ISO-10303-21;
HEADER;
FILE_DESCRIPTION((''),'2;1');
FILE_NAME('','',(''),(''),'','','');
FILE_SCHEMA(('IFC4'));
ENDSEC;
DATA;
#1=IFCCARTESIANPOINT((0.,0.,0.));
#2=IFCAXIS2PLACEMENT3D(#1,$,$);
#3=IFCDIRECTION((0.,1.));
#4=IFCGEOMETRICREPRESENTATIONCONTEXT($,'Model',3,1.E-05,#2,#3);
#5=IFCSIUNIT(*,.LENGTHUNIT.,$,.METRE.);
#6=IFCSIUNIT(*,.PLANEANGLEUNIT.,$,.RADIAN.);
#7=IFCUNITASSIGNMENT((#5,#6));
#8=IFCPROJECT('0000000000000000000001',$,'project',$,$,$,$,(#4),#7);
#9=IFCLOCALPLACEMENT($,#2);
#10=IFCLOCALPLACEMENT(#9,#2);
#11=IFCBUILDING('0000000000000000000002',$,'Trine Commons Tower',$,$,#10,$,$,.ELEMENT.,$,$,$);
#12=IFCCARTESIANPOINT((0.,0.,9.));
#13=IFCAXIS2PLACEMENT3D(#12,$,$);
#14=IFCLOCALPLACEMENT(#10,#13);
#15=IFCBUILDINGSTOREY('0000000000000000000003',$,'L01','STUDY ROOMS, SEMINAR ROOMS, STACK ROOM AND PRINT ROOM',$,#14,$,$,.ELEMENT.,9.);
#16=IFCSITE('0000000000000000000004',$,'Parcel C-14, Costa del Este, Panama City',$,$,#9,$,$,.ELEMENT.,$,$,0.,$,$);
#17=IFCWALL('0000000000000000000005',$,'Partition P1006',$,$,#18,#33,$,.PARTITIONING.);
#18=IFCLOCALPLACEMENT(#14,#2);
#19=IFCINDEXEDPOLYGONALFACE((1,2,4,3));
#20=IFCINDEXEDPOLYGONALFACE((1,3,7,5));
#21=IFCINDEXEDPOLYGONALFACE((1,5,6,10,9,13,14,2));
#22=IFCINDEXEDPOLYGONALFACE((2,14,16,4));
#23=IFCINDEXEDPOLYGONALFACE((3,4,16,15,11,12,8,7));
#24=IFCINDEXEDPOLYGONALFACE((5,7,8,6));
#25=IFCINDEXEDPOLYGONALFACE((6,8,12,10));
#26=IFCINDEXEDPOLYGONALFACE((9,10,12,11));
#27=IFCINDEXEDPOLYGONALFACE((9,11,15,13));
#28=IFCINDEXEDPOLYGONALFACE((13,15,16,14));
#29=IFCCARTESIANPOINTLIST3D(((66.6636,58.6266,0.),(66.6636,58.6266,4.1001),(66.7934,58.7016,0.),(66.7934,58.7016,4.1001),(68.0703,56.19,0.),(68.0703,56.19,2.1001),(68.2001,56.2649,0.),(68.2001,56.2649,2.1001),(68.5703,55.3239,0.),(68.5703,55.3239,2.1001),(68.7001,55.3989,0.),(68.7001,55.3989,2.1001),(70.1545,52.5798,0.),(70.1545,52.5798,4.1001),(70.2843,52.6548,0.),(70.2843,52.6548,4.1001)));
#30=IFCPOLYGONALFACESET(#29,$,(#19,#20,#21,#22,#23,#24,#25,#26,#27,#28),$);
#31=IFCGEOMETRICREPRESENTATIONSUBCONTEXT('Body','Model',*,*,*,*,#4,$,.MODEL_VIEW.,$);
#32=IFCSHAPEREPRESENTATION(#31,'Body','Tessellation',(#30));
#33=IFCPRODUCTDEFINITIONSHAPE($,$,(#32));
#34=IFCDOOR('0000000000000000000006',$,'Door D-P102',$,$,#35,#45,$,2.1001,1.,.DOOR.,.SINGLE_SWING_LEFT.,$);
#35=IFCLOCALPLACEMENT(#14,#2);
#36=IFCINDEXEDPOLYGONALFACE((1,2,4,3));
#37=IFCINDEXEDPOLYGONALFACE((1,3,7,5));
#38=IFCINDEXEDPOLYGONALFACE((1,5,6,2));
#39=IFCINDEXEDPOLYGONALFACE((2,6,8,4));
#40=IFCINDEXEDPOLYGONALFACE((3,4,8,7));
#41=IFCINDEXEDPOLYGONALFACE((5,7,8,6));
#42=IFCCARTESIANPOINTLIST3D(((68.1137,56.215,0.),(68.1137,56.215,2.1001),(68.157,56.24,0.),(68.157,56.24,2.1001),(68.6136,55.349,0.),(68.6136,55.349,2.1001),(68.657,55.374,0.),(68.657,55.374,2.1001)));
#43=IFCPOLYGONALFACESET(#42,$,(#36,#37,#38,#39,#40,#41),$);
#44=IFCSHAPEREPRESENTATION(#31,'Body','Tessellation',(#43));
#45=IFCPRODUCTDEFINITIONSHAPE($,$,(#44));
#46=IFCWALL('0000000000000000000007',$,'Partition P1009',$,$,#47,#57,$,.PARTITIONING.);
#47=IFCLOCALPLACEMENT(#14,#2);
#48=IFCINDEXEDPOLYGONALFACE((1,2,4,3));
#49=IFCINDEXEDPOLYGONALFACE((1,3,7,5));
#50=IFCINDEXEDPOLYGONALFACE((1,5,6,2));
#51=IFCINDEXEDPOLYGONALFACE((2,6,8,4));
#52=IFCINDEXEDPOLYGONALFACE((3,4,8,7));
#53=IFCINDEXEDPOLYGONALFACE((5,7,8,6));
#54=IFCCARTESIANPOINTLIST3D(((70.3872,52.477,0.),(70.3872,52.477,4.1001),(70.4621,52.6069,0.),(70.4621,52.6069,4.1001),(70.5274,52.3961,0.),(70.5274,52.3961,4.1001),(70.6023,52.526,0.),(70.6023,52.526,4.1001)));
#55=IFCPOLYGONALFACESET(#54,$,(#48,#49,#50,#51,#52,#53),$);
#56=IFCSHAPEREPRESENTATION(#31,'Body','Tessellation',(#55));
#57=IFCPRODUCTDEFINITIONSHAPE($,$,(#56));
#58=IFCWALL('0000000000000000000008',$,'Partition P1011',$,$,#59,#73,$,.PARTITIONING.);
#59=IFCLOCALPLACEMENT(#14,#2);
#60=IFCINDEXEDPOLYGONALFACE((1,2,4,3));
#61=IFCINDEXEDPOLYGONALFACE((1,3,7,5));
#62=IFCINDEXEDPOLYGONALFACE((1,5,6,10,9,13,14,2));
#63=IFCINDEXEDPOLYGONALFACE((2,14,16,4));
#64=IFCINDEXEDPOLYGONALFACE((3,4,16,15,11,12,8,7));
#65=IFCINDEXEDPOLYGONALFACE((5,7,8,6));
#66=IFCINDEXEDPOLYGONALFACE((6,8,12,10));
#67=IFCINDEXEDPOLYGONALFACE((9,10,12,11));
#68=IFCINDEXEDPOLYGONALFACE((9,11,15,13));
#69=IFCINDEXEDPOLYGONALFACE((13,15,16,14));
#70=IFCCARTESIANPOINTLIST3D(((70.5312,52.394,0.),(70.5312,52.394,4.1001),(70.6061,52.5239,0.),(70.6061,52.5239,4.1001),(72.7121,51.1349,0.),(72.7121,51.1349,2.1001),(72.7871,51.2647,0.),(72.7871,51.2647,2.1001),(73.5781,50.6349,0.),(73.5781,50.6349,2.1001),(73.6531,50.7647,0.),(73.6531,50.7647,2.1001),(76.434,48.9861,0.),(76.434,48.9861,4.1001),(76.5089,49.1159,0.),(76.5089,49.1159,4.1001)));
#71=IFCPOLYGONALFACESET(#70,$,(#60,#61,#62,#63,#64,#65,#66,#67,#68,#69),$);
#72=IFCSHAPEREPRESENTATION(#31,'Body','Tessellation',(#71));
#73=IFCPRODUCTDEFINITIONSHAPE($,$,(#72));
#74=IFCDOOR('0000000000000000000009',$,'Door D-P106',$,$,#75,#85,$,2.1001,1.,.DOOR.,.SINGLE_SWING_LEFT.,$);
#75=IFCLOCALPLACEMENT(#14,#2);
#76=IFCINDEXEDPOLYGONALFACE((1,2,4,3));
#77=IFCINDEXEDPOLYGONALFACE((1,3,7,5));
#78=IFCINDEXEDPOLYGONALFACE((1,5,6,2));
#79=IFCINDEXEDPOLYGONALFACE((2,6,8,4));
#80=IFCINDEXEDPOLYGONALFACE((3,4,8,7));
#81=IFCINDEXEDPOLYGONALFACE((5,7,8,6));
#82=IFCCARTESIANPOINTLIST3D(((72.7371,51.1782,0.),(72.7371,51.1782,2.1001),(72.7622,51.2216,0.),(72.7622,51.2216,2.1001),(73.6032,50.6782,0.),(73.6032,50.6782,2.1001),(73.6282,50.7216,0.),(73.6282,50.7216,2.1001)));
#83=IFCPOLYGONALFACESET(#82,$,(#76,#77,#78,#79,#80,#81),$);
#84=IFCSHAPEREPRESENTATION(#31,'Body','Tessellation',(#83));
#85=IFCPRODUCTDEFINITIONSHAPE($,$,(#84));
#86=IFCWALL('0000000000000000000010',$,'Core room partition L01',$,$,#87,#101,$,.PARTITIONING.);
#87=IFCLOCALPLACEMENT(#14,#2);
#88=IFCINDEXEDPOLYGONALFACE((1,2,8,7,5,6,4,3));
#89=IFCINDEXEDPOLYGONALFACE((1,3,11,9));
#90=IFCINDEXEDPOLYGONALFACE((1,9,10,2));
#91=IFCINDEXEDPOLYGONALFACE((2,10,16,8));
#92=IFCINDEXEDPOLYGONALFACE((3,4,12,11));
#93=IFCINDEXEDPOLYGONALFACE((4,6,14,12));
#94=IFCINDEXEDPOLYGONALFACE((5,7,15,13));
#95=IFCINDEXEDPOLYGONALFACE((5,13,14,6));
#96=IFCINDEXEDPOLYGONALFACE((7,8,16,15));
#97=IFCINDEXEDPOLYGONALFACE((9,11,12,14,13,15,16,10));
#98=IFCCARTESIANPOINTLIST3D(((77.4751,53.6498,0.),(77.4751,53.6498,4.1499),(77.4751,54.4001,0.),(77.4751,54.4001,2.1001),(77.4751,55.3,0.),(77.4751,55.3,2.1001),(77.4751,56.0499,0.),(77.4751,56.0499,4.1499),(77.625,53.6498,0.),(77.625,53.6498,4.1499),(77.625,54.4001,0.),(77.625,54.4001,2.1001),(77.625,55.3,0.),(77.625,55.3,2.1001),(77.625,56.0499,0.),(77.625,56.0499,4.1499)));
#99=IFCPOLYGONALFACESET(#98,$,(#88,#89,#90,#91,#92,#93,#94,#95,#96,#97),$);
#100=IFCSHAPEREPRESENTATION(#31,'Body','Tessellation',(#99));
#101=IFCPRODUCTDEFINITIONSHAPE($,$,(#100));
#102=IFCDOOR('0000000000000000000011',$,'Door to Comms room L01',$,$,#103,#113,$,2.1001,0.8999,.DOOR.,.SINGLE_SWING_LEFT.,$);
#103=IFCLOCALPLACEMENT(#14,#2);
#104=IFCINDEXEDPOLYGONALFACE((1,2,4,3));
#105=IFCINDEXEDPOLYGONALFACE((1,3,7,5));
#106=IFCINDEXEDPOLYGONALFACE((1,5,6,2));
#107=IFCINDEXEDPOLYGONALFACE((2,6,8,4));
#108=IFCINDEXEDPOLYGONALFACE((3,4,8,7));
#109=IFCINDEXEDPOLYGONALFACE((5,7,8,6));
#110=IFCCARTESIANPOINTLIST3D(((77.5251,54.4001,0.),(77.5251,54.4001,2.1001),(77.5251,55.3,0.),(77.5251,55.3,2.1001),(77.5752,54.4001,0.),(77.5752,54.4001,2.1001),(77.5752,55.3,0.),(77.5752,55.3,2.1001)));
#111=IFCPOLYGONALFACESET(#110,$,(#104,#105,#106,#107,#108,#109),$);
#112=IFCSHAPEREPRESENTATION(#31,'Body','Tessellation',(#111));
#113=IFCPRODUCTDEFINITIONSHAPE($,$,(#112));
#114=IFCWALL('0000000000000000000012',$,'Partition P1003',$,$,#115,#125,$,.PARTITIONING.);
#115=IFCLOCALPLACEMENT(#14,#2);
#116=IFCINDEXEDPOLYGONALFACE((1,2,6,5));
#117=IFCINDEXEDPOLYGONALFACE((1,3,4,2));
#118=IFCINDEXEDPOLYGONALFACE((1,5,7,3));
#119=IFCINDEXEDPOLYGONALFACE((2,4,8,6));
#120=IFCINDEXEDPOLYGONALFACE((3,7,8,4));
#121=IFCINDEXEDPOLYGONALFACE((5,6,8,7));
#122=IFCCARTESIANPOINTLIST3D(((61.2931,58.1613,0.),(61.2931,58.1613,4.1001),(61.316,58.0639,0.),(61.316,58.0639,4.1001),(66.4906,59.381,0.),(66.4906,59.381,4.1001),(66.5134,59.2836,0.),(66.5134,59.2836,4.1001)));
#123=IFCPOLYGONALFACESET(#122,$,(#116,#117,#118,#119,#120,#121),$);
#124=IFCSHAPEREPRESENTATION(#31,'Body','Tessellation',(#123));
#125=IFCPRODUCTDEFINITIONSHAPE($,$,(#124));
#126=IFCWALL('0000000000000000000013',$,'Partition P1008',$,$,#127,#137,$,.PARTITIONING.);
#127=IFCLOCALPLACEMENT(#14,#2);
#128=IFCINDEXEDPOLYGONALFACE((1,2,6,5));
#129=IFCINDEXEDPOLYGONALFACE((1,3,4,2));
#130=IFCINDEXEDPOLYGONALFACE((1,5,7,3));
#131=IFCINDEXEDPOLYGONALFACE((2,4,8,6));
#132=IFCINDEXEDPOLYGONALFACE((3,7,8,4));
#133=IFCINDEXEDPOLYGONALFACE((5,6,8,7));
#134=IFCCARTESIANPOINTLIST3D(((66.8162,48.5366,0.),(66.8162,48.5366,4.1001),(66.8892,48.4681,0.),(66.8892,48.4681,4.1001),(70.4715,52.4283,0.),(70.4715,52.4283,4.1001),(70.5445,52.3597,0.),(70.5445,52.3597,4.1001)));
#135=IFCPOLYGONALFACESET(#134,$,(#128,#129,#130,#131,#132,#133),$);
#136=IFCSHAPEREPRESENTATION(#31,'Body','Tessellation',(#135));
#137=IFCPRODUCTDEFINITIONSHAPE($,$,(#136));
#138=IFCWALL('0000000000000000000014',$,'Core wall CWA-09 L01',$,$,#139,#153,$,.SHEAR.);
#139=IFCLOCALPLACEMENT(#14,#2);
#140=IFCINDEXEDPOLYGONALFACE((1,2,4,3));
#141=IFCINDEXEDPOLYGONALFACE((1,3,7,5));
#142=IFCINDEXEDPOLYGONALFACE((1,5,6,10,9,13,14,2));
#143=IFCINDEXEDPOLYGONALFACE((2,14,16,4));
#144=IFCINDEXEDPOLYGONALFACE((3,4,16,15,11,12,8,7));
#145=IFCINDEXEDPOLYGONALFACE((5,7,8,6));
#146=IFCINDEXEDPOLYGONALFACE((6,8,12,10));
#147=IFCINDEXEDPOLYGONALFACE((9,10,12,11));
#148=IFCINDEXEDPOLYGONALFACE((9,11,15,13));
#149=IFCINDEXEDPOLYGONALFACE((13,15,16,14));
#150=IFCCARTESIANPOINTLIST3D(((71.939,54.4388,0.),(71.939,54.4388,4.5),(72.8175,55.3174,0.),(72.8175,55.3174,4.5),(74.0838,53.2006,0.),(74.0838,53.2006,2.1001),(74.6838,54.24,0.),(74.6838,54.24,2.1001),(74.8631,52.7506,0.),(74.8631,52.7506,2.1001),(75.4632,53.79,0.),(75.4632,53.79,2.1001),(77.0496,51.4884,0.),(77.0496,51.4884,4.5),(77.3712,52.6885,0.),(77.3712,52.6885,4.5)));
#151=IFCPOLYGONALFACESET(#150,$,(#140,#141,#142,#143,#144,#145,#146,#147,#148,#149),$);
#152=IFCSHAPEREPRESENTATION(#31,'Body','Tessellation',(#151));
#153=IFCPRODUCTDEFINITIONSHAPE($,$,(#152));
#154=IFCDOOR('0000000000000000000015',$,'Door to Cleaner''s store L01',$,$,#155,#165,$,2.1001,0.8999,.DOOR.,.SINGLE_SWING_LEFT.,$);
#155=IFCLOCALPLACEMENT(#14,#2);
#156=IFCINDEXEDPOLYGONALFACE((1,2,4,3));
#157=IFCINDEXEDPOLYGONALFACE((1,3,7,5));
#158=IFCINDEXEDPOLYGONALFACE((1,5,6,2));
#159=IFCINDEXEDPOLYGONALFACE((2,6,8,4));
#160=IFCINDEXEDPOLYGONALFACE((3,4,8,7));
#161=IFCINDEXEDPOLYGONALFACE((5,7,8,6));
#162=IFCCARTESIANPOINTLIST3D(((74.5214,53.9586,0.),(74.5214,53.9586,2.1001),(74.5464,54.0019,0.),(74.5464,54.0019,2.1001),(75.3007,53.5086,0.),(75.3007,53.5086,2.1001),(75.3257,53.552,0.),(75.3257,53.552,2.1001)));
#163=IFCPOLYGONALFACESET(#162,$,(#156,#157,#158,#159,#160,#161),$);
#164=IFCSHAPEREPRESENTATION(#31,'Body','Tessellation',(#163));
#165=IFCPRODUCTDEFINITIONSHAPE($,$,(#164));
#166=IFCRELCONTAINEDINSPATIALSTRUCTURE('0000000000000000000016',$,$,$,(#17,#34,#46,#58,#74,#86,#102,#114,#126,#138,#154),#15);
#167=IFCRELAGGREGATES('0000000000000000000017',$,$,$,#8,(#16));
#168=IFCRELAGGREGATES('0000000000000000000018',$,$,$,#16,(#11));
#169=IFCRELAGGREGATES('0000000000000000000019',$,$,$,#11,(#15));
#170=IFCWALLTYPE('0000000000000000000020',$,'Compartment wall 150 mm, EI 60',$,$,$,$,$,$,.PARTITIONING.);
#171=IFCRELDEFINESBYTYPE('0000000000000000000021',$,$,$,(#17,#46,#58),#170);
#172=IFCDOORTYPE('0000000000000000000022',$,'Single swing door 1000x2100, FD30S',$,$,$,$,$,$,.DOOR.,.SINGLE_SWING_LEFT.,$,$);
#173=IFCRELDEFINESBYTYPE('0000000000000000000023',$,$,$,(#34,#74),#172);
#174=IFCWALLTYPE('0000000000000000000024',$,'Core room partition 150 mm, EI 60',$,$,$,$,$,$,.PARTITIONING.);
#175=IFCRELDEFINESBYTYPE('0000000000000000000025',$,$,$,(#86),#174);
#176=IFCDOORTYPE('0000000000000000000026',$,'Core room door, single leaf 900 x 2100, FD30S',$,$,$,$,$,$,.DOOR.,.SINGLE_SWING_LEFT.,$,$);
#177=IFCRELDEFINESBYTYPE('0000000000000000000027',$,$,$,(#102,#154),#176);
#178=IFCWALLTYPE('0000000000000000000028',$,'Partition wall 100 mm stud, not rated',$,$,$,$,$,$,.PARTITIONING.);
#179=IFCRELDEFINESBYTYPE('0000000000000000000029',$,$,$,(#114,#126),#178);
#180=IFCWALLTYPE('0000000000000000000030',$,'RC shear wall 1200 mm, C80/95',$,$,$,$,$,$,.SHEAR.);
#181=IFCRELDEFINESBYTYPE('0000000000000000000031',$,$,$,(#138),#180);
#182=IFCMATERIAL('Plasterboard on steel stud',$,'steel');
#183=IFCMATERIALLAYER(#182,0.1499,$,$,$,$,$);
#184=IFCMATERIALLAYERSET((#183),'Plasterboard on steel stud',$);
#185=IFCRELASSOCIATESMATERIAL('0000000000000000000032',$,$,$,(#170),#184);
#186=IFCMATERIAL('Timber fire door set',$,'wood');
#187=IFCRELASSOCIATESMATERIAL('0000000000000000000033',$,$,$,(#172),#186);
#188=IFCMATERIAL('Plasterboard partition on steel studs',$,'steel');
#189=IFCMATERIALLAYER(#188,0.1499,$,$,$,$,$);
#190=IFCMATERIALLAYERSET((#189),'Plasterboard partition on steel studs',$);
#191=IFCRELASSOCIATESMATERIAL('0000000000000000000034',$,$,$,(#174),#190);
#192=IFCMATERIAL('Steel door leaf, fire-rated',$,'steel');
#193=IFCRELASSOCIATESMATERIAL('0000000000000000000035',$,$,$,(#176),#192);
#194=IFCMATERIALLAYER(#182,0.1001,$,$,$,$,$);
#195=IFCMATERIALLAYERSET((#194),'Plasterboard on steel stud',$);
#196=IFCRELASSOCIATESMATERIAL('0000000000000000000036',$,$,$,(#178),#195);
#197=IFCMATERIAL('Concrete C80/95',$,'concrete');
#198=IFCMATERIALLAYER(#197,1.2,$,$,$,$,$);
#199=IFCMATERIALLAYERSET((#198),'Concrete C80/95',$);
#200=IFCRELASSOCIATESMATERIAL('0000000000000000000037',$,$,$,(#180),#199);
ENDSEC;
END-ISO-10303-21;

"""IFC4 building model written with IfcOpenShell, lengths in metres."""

from ifc_helpers import new_model, si_unit, direction, frame, frame_2d, origin, place, context, subcontext, project, spatial, polyline, rectangle, outline, extrude, material, layer, layer_set, type_object, element, fill, save


model = new_model("IFC4")

# Units and contexts
model_context = context("Model", 3, precision=1e-05, world=origin(), true_north=direction((0.0, 1.0)))
body_context = subcontext(model_context, "Body", "Model", "MODEL_VIEW")
ifc_project = project(units=[si_unit("LENGTHUNIT", "METRE"), si_unit("PLANEANGLEUNIT", "RADIAN")], contexts=[model_context])

# Site, building, storey
site_placement = place(None, origin())
site = spatial("IfcSite", under=ifc_project, at=site_placement, Name="Parcel C-14, Costa del Este, Panama City", CompositionType="ELEMENT", RefElevation=0.0)
building_placement = place(site_placement, origin())
building = spatial("IfcBuilding", under=site, at=building_placement, Name="Trine Commons Tower", CompositionType="ELEMENT")
storey_placement = place(building_placement, frame((0.0, 0.0, 9.0)))
storey = spatial("IfcBuildingStorey", under=building, at=storey_placement, Name="L01", Description="STUDY ROOMS, SEMINAR ROOMS, STACK ROOM AND PRINT ROOM", CompositionType="ELEMENT", Elevation=9.0)

# Shared definitions
ifc_material_1 = material(Name="Concrete C80/95", Category="concrete")

# Wall, opening, door
ifc_material_2 = material(Name="Plasterboard on steel stud", Category="steel")
ifc_layer_1 = layer(ifc_material_2, 0.1499)
ifc_layer_set_1 = layer_set([ifc_layer_1], Name="Plasterboard on steel stud")
wall_type_1 = type_object("IfcWallType", Name="Compartment wall 150 mm, EI 60", PredefinedType="PARTITIONING", material=ifc_layer_set_1)
wall_1_placement = place(storey_placement, frame((70.2195, 52.6172, 0.0), z_axis=(0.0, 0.0, 1.0), x_axis=(-0.499979, 0.866038, 0.0)))
wall_1 = element("IfcWall", 1, at=wall_1_placement, inside=storey, type_object=wall_type_1, Name="Partition P1006", PredefinedType="PARTITIONING", context=body_context, shape_type="SweptSolid", body=[
    extrude(rectangle(XDim=6.9822, YDim=0.1499, at=frame_2d((3.4912, 0.0))), origin(), (0.0, 0.0, 1.0), 4.1001),
])
opening_1_placement = place(wall_1_placement, frame((3.1687, 0.0, 0.0)))
opening_1 = element("IfcOpeningElement", 2, at=opening_1_placement, cuts=wall_1, PredefinedType="OPENING", context=body_context, shape_type="SweptSolid", body=[
    extrude(rectangle(XDim=1.0, YDim=2.1001, at=frame_2d((0.5, 1.05))), frame((0.0, 0.085, 0.0), z_axis=(0.0, -1.0, 0.0), x_axis=(1.0, 0.0, 0.0)), (0.0, 0.0, 1.0), 0.1699),
])
ifc_material_3 = material(Name="Timber fire door set", Category="wood")
door_type_1 = type_object("IfcDoorType", Name="Single swing door 1000x2100, FD30S", OperationType="SINGLE_SWING_LEFT", PredefinedType="DOOR", material=ifc_material_3)
door_1_placement = place(opening_1_placement, origin())
door_1 = element("IfcDoor", 3, at=door_1_placement, inside=storey, type_object=door_type_1, Name="Door D-P102", OperationType="SINGLE_SWING_LEFT", OverallHeight=2.1001, OverallWidth=1.0, PredefinedType="DOOR", context=body_context, shape_type="SweptSolid", body=[
    extrude(rectangle(XDim=1.0, YDim=2.1001, at=frame_2d((0.5, 1.05))), frame((0.0, 0.0249, 0.0), z_axis=(0.0, -1.0, 0.0), x_axis=(1.0, 0.0, 0.0)), (0.0, 0.0, 1.0), 0.05),
])
fill(opening_1, door_1)

# Wall
wall_2_placement = place(storey_placement, frame((70.4246, 52.542, 0.0), z_axis=(0.0, 0.0, 1.0), x_axis=(0.866286, -0.499548, 0.0)))
element("IfcWall", 4, at=wall_2_placement, inside=storey, type_object=wall_type_1, Name="Partition P1009", PredefinedType="PARTITIONING", context=body_context, shape_type="SweptSolid", body=[
    extrude(rectangle(XDim=0.1619, YDim=0.1499, at=frame_2d((0.0811, 0.0))), origin(), (0.0, 0.0, 1.0), 4.1001),
])

# Walls, openings, doors
wall_3_placement = place(storey_placement, frame((76.4714, 49.051, 0.0), z_axis=(0.0, 0.0, 1.0), x_axis=(-0.866028, 0.499995, 0.0)))
wall_3 = element("IfcWall", 5, at=wall_3_placement, inside=storey, type_object=wall_type_1, Name="Partition P1011", PredefinedType="PARTITIONING", context=body_context, shape_type="SweptSolid", body=[
    extrude(rectangle(XDim=6.8159, YDim=0.1499, at=frame_2d((3.408, 0.0))), origin(), (0.0, 0.0, 1.0), 4.1001),
])
opening_2_placement = place(wall_3_placement, frame((3.2976, 0.0, 0.0)))
opening_2 = element("IfcOpeningElement", 6, at=opening_2_placement, cuts=wall_3, PredefinedType="OPENING", context=body_context, shape_type="SweptSolid", body=[
    extrude(rectangle(XDim=1.0, YDim=2.1001, at=frame_2d((0.5, 1.05))), frame((0.0, 0.085, 0.0), z_axis=(0.0, -1.0, 0.0), x_axis=(1.0, 0.0, 0.0)), (0.0, 0.0, 1.0), 0.1699),
])
door_2_placement = place(opening_2_placement, origin())
door_2 = element("IfcDoor", 7, at=door_2_placement, inside=storey, type_object=door_type_1, Name="Door D-P106", OperationType="SINGLE_SWING_LEFT", OverallHeight=2.1001, OverallWidth=1.0, PredefinedType="DOOR", context=body_context, shape_type="SweptSolid", body=[
    extrude(rectangle(XDim=1.0, YDim=2.1001, at=frame_2d((0.5, 1.05))), frame((0.0, 0.0249, 0.0), z_axis=(0.0, -1.0, 0.0), x_axis=(1.0, 0.0, 0.0)), (0.0, 0.0, 1.0), 0.05),
])
fill(opening_2, door_2)
ifc_material_4 = material(Name="Plasterboard partition on steel studs", Category="steel")
ifc_layer_2 = layer(ifc_material_4, 0.1499)
ifc_layer_set_2 = layer_set([ifc_layer_2], Name="Plasterboard partition on steel studs")
wall_type_2 = type_object("IfcWallType", Name="Core room partition 150 mm, EI 60", PredefinedType="PARTITIONING", material=ifc_layer_set_2)
wall_4_placement = place(storey_placement, frame((77.55, 56.05, 0.0), z_axis=(0.0, 0.0, 1.0), x_axis=(0.0, -1.0, 0.0)))
wall_4 = element("IfcWall", 8, at=wall_4_placement, inside=storey, type_object=wall_type_2, Name="Core room partition L01", PredefinedType="PARTITIONING", context=body_context, shape_type="SweptSolid", body=[
    extrude(rectangle(XDim=2.4001, YDim=0.1499, at=frame_2d((1.2002, 0.0))), origin(), (0.0, 0.0, 1.0), 4.1499),
])
opening_3_placement = place(wall_4_placement, frame((0.75, 0.0, 0.0)))
opening_3 = element("IfcOpeningElement", 9, at=opening_3_placement, cuts=wall_4, PredefinedType="OPENING", context=body_context, shape_type="SweptSolid", body=[
    extrude(rectangle(XDim=0.8999, YDim=2.1001, at=frame_2d((0.45, 1.05))), frame((0.0, 0.085, 0.0), z_axis=(0.0, -1.0, 0.0), x_axis=(1.0, 0.0, 0.0)), (0.0, 0.0, 1.0), 0.1699),
])
ifc_material_5 = material(Name="Steel door leaf, fire-rated", Category="steel")
door_type_2 = type_object("IfcDoorType", Name="Core room door, single leaf 900 x 2100, FD30S", OperationType="SINGLE_SWING_LEFT", PredefinedType="DOOR", material=ifc_material_5)
door_3_placement = place(opening_3_placement, frame((0.8999, 0.0, 0.0), z_axis=(0.0, 0.0, 1.0), x_axis=(-1.0, 0.0, 0.0)))
door_3 = element("IfcDoor", 10, at=door_3_placement, inside=storey, type_object=door_type_2, Name="Door to Comms room L01", OperationType="SINGLE_SWING_LEFT", OverallHeight=2.1001, OverallWidth=0.8999, PredefinedType="DOOR", context=body_context, shape_type="SweptSolid", body=[
    extrude(rectangle(XDim=0.8999, YDim=2.1001, at=frame_2d((0.45, 1.05))), frame((0.0, 0.0249, 0.0), z_axis=(0.0, -1.0, 0.0), x_axis=(1.0, 0.0, 0.0)), (0.0, 0.0, 1.0), 0.05),
])
fill(opening_3, door_3)

# Walls
ifc_layer_3 = layer(ifc_material_2, 0.1001)
ifc_layer_set_3 = layer_set([ifc_layer_3], Name="Plasterboard on steel stud")
wall_type_3 = type_object("IfcWallType", Name="Partition wall 100 mm stud, not rated", PredefinedType="PARTITIONING", material=ifc_layer_set_3)
wall_5_placement = place(storey_placement, frame((61.3044, 58.1125, 0.0), z_axis=(0.0, 0.0, 1.0), x_axis=(0.973551, 0.228468, 0.0)))
element("IfcWall", 11, at=wall_5_placement, inside=storey, type_object=wall_type_3, Name="Partition P1003", PredefinedType="PARTITIONING", context=body_context, shape_type="SweptSolid", body=[
    extrude(rectangle(XDim=5.3386, YDim=0.1001, at=frame_2d((2.6694, 0.0))), origin(), (0.0, 0.0, 1.0), 4.1001),
])
wall_6_placement = place(storey_placement, frame((66.8528, 48.5024, 0.0), z_axis=(0.0, 0.0, 1.0), x_axis=(0.684628, 0.728892, 0.0)))
element("IfcWall", 12, at=wall_6_placement, inside=storey, type_object=wall_type_3, Name="Partition P1008", PredefinedType="PARTITIONING", context=body_context, shape_type="SweptSolid", body=[
    extrude(rectangle(XDim=5.3391, YDim=0.1001, at=frame_2d((2.6694, 0.0))), origin(), (0.0, 0.0, 1.0), 4.1001),
])

# Wall, opening, door
ifc_layer_4 = layer(ifc_material_1, 1.2)
ifc_layer_set_4 = layer_set([ifc_layer_4], Name="Concrete C80/95")
wall_type_4 = type_object("IfcWallType", Name="RC shear wall 1200 mm, C80/95", PredefinedType="SHEAR", material=ifc_layer_set_4)
wall_7_placement = place(storey_placement, frame((72.239, 54.9585, 0.0), z_axis=(0.0, 0.0, 1.0), x_axis=(0.866037, -0.499979, 0.0)))
wall_7 = element("IfcWall", 13, at=wall_7_placement, inside=storey, type_object=wall_type_4, Name="Core wall CWA-09 L01", PredefinedType="SHEAR", context=body_context, shape_type="SweptSolid", body=[
    extrude(outline(polyline([(0.0, -0.6001), (5.9011, -0.6001), (5.5796, 0.6001), (0.3215, 0.6001), (0.0, -0.6001)])), origin(), (0.0, 0.0, 1.0), 4.5),
])
opening_4_placement = place(wall_7_placement, frame((2.4766, 0.0, 0.0)))
opening_4 = element("IfcOpeningElement", 14, at=opening_4_placement, cuts=wall_7, PredefinedType="OPENING", context=body_context, shape_type="SweptSolid", body=[
    extrude(rectangle(XDim=0.8999, YDim=2.1001, at=frame_2d((0.45, 1.05))), frame((0.0, 0.6099, 0.0), z_axis=(0.0, -1.0, 0.0), x_axis=(1.0, 0.0, 0.0)), (0.0, 0.0, 1.0), 1.22),
])
door_4_placement = place(opening_4_placement, origin())
door_4 = element("IfcDoor", 15, at=door_4_placement, inside=storey, type_object=door_type_2, Name="Door to Cleaner's store L01", OperationType="SINGLE_SWING_LEFT", OverallHeight=2.1001, OverallWidth=0.8999, PredefinedType="DOOR", context=body_context, shape_type="SweptSolid", body=[
    extrude(rectangle(XDim=0.8999, YDim=2.1001, at=frame_2d((0.45, 1.05))), frame((0.0, 0.3252, 0.0), z_axis=(0.0, -1.0, 0.0), x_axis=(1.0, 0.0, 0.0)), (0.0, 0.0, 1.0), 0.05),
])
fill(opening_4, door_4)

save(model, "model.ifc")
